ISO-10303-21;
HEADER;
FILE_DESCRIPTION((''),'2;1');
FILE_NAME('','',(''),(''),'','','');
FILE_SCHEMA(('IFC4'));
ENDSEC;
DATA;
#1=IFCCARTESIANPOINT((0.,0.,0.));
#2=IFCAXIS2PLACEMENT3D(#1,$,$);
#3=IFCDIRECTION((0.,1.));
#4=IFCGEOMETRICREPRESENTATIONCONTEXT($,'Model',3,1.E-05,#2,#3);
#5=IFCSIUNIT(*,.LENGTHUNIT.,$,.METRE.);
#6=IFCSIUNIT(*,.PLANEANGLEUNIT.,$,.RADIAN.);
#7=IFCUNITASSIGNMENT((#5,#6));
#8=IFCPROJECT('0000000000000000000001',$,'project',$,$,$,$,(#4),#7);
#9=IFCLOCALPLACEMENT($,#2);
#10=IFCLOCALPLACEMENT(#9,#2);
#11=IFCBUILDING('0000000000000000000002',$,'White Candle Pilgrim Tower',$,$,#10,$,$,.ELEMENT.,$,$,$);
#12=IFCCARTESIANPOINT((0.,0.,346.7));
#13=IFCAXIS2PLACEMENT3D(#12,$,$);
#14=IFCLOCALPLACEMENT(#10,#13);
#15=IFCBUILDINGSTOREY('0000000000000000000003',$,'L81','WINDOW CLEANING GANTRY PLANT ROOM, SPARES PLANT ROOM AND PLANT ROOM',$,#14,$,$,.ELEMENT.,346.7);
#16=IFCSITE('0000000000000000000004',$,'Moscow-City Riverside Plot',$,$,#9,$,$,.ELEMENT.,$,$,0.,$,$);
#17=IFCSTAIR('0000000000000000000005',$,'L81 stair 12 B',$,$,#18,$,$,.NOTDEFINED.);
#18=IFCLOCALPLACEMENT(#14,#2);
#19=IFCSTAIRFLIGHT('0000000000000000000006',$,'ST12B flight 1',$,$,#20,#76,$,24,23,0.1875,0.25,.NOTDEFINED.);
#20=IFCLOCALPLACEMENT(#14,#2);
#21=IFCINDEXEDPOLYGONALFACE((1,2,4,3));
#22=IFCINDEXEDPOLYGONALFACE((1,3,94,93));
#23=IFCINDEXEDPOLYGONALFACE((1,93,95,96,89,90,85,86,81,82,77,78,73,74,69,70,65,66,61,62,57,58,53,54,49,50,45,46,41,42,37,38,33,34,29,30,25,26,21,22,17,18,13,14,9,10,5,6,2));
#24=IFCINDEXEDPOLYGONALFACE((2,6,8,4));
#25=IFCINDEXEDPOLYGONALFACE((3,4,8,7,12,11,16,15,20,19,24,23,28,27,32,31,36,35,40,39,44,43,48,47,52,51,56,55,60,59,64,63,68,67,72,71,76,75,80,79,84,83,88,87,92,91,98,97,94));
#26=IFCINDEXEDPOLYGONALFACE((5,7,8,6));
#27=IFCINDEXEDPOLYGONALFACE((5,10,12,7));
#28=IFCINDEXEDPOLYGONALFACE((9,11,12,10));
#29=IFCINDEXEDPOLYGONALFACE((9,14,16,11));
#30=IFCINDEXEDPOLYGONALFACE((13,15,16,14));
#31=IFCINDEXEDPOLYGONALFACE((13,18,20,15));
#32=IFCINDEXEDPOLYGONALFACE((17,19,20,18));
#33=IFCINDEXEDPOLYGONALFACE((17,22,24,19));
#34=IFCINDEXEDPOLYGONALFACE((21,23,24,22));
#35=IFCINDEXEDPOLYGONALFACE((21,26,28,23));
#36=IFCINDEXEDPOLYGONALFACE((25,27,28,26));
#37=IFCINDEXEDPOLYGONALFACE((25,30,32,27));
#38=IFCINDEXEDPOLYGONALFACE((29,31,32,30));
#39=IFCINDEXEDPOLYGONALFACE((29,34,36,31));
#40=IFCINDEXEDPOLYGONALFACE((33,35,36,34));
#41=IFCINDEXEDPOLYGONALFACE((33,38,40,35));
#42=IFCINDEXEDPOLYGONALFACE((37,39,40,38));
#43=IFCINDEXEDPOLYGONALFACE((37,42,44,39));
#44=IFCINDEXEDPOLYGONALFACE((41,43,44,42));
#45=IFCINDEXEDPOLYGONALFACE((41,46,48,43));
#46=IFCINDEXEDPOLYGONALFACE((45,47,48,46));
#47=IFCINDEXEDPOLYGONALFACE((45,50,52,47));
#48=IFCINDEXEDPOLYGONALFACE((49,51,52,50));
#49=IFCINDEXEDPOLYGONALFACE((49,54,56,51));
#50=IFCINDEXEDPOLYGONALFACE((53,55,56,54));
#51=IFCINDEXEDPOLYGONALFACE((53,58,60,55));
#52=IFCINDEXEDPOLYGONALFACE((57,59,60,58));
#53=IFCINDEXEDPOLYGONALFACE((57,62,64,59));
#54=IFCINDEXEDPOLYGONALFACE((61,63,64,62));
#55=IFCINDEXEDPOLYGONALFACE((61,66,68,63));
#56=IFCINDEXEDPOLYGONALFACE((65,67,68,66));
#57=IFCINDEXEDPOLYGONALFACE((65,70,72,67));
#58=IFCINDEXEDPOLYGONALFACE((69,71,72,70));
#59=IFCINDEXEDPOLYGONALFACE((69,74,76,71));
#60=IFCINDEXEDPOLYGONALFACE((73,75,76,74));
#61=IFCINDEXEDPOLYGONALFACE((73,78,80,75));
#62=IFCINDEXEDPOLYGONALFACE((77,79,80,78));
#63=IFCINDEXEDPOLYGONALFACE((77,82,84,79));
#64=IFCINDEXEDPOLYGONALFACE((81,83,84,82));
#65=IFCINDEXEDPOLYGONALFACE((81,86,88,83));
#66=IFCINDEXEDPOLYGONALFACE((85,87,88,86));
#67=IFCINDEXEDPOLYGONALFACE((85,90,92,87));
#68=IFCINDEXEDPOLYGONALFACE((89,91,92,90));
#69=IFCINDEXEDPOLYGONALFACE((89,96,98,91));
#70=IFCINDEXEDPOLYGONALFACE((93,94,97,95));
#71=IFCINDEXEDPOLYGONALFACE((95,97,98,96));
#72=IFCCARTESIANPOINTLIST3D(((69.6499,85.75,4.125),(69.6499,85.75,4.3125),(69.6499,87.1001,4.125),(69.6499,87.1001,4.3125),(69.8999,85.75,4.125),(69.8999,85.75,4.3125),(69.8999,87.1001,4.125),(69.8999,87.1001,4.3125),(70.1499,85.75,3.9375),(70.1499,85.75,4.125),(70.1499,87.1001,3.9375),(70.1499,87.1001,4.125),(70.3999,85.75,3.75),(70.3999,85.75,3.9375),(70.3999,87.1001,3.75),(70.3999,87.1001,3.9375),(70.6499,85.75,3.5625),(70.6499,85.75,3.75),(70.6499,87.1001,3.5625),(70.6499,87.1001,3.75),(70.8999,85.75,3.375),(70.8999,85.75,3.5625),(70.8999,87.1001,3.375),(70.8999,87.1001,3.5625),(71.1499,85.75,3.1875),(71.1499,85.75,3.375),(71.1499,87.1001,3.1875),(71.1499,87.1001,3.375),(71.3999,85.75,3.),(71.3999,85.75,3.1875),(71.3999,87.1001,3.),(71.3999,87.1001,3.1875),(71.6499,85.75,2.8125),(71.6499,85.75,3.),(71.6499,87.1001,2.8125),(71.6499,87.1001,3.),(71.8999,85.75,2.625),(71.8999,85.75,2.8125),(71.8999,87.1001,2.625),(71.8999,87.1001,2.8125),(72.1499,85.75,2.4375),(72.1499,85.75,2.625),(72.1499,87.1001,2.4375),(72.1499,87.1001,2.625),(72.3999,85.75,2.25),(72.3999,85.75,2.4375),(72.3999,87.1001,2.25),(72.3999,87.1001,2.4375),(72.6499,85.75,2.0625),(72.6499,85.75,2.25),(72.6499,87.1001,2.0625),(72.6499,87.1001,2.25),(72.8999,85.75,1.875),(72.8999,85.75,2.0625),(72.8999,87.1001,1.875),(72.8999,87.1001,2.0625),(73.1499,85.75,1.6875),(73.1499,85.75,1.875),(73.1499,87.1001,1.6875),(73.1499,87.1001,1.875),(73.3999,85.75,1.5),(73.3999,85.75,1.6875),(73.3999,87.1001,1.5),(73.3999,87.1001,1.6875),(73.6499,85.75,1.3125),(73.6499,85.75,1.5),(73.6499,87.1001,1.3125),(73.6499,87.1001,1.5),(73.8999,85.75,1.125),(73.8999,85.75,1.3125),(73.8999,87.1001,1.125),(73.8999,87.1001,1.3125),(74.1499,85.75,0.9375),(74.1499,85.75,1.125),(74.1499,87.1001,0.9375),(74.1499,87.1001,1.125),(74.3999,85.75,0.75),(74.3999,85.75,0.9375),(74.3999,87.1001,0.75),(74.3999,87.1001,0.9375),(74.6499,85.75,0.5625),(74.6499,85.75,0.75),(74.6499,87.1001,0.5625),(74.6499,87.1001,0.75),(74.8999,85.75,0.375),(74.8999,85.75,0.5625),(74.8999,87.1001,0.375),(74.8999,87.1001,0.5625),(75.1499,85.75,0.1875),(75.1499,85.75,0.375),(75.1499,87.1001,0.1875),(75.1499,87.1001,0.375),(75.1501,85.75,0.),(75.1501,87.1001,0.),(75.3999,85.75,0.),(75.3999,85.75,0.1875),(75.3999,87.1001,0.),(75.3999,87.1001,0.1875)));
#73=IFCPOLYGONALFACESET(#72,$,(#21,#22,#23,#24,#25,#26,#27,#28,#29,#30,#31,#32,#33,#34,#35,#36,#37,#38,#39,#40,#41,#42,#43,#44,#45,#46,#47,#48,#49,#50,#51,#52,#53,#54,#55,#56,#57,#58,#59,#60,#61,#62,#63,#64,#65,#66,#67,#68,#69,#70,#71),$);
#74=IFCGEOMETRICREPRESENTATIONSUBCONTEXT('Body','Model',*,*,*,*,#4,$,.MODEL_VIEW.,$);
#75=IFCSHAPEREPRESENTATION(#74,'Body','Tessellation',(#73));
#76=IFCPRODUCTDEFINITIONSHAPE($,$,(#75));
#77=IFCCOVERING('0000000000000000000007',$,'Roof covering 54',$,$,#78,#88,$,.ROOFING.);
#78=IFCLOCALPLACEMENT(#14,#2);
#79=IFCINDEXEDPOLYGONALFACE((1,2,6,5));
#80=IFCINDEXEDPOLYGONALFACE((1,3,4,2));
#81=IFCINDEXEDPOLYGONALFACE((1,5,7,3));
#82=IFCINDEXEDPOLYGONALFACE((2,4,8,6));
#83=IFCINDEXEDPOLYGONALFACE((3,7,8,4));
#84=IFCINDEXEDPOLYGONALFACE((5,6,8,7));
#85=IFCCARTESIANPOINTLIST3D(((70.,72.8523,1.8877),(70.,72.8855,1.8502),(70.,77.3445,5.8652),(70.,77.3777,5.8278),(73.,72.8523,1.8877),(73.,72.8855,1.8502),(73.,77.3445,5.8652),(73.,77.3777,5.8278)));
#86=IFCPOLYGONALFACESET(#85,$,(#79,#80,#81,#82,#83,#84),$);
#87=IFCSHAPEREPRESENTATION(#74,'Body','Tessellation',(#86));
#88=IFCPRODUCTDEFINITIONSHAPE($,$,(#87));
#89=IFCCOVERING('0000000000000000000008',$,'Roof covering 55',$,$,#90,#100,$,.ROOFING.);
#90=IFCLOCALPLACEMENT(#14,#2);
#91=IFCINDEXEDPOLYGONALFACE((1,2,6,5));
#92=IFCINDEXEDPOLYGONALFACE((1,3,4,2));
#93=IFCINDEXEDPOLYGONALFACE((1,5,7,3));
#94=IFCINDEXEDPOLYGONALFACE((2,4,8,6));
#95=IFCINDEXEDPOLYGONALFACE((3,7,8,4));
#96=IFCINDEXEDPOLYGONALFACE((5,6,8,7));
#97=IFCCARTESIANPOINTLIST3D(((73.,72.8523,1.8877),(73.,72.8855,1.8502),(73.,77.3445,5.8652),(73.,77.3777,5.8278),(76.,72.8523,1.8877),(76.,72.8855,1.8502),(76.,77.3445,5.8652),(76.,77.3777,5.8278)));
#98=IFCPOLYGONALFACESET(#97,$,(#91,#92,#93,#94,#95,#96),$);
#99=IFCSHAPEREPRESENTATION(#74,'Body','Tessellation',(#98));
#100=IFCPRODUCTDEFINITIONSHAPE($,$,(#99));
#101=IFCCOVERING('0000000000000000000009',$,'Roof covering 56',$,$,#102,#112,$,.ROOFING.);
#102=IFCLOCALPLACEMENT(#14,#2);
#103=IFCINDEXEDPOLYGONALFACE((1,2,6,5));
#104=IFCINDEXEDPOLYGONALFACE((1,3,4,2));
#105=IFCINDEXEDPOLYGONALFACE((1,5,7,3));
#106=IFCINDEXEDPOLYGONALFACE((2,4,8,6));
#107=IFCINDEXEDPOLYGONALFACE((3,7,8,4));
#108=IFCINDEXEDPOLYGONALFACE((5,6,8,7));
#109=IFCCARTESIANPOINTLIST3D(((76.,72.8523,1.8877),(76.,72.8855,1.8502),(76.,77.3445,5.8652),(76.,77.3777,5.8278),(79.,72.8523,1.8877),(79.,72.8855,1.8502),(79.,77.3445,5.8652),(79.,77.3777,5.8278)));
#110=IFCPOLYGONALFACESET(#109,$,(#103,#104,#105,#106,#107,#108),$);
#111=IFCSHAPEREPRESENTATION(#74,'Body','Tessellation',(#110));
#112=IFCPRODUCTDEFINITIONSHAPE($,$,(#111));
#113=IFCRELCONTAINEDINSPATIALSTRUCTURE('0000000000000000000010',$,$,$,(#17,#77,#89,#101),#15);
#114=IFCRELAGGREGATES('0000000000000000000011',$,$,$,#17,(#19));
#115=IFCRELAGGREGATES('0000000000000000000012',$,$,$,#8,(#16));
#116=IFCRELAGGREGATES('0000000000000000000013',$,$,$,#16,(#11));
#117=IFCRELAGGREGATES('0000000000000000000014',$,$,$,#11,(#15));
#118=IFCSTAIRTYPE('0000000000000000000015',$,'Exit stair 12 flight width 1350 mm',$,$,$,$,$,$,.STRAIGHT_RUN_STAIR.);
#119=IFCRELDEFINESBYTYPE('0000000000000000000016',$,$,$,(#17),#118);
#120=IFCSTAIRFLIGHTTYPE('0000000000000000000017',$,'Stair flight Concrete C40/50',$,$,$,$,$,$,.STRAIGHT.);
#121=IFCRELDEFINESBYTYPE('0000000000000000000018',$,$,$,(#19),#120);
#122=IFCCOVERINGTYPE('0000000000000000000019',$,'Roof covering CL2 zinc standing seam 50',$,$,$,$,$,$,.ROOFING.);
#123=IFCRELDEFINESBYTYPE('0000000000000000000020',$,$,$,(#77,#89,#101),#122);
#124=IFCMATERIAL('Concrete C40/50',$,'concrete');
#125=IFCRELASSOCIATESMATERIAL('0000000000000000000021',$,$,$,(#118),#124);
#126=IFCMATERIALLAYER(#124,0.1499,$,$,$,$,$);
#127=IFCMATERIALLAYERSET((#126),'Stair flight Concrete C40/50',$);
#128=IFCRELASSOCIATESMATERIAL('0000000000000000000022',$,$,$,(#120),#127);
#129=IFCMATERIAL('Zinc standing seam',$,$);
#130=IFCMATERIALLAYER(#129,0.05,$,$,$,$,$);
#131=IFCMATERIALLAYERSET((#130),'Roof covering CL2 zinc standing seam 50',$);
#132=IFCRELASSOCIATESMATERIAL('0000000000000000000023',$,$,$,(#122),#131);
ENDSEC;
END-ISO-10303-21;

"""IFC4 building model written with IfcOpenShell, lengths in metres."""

from ifc_helpers import new_model, si_unit, direction, frame, origin, place, context, subcontext, project, spatial, polyline, outline, extrude, material, layer, layer_set, type_object, element, aggregate, save


model = new_model("IFC4")

# Units and contexts
model_context = context("Model", 3, precision=1e-05, world=origin(), true_north=direction((0.0, 1.0)))
body_context = subcontext(model_context, "Body", "Model", "MODEL_VIEW")
ifc_project = project(units=[si_unit("LENGTHUNIT", "METRE"), si_unit("PLANEANGLEUNIT", "RADIAN")], contexts=[model_context])

# Site, building, storey
site_placement = place(None, origin())
site = spatial("IfcSite", under=ifc_project, at=site_placement, Name="Moscow-City Riverside Plot", CompositionType="ELEMENT", RefElevation=0.0)
building_placement = place(site_placement, origin())
building = spatial("IfcBuilding", under=site, at=building_placement, Name="White Candle Pilgrim Tower", CompositionType="ELEMENT")
storey_placement = place(building_placement, frame((0.0, 0.0, 346.7)))
storey = spatial("IfcBuildingStorey", under=building, at=storey_placement, Name="L81", Description="WINDOW CLEANING GANTRY PLANT ROOM, SPARES PLANT ROOM AND PLANT ROOM", CompositionType="ELEMENT", Elevation=346.7)

# Shared definitions
ifc_material_1 = material(Name="Concrete C40/50", Category="concrete")

# Stair, stair flight
stair_type = type_object("IfcStairType", Name="Exit stair 12 flight width 1350 mm", PredefinedType="STRAIGHT_RUN_STAIR", material=ifc_material_1)
ifc_layer_1 = layer(ifc_material_1, 0.1499)
ifc_layer_set_1 = layer_set([ifc_layer_1], Name="Stair flight Concrete C40/50")
stair_flight_type = type_object("IfcStairFlightType", Name="Stair flight Concrete C40/50", PredefinedType="STRAIGHT", material=ifc_layer_set_1)
stair_1_placement = place(storey_placement, origin())
stair_1 = element("IfcStair", 1, at=stair_1_placement, inside=storey, type_object=stair_type, Name="L81 stair 12 B", PredefinedType="NOTDEFINED")
stair_flight_1_placement = place(storey_placement, frame((75.3999, 86.425, 0.0), z_axis=(0.0, 0.0, 1.0), x_axis=(-1.0, 0.0, 0.0)))
stair_flight_1 = element("IfcStairFlight", 2, at=stair_flight_1_placement, type_object=stair_flight_type, Name="ST12B flight 1", NumberOfRisers=24, NumberOfTreads=23, PredefinedType="NOTDEFINED", RiserHeight=0.1875, TreadLength=0.25, context=body_context, shape_type="SweptSolid", body=[
    extrude(outline(polyline([(0.0, 0.0), (0.0, 0.1875), (0.25, 0.1875), (0.25, 0.375), (0.5, 0.375), (0.5, 0.5625), (0.75, 0.5625), (0.75, 0.75), (1.0, 0.75), (1.0, 0.9375), (1.25, 0.9375), (1.25, 1.125), (1.5, 1.125), (1.5, 1.3125), (1.75, 1.3125), (1.75, 1.5), (2.0, 1.5), (2.0, 1.6875), (2.25, 1.6875), (2.25, 1.875), (2.5, 1.875), (2.5, 2.0625), (2.75, 2.0625), (2.75, 2.25), (3.0, 2.25), (3.0, 2.4375), (3.25, 2.4375), (3.25, 2.625), (3.5, 2.625), (3.5, 2.8125), (3.75, 2.8125), (3.75, 3.0), (4.0, 3.0), (4.0, 3.1875), (4.25, 3.1875), (4.25, 3.375), (4.5, 3.375), (4.5, 3.5625), (4.75, 3.5625), (4.75, 3.75), (5.0, 3.75), (5.0, 3.9375), (5.25, 3.9375), (5.25, 4.125), (5.5, 4.125), (5.5, 4.3125), (5.75, 4.3125), (5.75, 4.5), (5.75, 4.125), (0.2498, 0.0), (0.0, 0.0)])), frame((0.0, 0.675, 0.0), z_axis=(0.0, -1.0, 0.0), x_axis=(1.0, 0.0, 0.0)), (0.0, 0.0, 1.0), 1.3501),
])
aggregate(stair_1, [stair_flight_1])

# Coverings
ifc_material_2 = material(Name="Zinc standing seam")
ifc_layer_2 = layer(ifc_material_2, 0.05)
ifc_layer_set_2 = layer_set([ifc_layer_2], Name="Roof covering CL2 zinc standing seam 50")
covering_type = type_object("IfcCoveringType", Name="Roof covering CL2 zinc standing seam 50", PredefinedType="ROOFING", material=ifc_layer_set_2)
for number, where, z_axis, x_axis, name in (
    (3, (70.0, 72.8523, 1.8877), (0.0, -0.662918, 0.748692), (0.0, 0.748692, 0.662918), "Roof covering 54"),
    (4, (73.0, 72.8523, 1.8877), (0.0, -0.662918, 0.748692), (0.0, 0.748692, 0.662918), "Roof covering 55"),
    (5, (76.0, 72.8523, 1.8877), (0.0, -0.662918, 0.748692), (0.0, 0.748692, 0.662918), "Roof covering 56"),
):
    element("IfcCovering", number, at=place(storey_placement, frame(where, z_axis=z_axis, x_axis=x_axis)), inside=storey, type_object=covering_type, Name=name, PredefinedType="ROOFING", context=body_context, shape_type="SweptSolid", body=[
        extrude(outline(polyline([(0.0, 0.0), (6.0, 0.0), (6.0, -3.0), (0.0, -3.0), (0.0, 0.0)])), origin(), (0.0, 0.0, -1.0), 0.05),
    ])

save(model, "model.ifc")
